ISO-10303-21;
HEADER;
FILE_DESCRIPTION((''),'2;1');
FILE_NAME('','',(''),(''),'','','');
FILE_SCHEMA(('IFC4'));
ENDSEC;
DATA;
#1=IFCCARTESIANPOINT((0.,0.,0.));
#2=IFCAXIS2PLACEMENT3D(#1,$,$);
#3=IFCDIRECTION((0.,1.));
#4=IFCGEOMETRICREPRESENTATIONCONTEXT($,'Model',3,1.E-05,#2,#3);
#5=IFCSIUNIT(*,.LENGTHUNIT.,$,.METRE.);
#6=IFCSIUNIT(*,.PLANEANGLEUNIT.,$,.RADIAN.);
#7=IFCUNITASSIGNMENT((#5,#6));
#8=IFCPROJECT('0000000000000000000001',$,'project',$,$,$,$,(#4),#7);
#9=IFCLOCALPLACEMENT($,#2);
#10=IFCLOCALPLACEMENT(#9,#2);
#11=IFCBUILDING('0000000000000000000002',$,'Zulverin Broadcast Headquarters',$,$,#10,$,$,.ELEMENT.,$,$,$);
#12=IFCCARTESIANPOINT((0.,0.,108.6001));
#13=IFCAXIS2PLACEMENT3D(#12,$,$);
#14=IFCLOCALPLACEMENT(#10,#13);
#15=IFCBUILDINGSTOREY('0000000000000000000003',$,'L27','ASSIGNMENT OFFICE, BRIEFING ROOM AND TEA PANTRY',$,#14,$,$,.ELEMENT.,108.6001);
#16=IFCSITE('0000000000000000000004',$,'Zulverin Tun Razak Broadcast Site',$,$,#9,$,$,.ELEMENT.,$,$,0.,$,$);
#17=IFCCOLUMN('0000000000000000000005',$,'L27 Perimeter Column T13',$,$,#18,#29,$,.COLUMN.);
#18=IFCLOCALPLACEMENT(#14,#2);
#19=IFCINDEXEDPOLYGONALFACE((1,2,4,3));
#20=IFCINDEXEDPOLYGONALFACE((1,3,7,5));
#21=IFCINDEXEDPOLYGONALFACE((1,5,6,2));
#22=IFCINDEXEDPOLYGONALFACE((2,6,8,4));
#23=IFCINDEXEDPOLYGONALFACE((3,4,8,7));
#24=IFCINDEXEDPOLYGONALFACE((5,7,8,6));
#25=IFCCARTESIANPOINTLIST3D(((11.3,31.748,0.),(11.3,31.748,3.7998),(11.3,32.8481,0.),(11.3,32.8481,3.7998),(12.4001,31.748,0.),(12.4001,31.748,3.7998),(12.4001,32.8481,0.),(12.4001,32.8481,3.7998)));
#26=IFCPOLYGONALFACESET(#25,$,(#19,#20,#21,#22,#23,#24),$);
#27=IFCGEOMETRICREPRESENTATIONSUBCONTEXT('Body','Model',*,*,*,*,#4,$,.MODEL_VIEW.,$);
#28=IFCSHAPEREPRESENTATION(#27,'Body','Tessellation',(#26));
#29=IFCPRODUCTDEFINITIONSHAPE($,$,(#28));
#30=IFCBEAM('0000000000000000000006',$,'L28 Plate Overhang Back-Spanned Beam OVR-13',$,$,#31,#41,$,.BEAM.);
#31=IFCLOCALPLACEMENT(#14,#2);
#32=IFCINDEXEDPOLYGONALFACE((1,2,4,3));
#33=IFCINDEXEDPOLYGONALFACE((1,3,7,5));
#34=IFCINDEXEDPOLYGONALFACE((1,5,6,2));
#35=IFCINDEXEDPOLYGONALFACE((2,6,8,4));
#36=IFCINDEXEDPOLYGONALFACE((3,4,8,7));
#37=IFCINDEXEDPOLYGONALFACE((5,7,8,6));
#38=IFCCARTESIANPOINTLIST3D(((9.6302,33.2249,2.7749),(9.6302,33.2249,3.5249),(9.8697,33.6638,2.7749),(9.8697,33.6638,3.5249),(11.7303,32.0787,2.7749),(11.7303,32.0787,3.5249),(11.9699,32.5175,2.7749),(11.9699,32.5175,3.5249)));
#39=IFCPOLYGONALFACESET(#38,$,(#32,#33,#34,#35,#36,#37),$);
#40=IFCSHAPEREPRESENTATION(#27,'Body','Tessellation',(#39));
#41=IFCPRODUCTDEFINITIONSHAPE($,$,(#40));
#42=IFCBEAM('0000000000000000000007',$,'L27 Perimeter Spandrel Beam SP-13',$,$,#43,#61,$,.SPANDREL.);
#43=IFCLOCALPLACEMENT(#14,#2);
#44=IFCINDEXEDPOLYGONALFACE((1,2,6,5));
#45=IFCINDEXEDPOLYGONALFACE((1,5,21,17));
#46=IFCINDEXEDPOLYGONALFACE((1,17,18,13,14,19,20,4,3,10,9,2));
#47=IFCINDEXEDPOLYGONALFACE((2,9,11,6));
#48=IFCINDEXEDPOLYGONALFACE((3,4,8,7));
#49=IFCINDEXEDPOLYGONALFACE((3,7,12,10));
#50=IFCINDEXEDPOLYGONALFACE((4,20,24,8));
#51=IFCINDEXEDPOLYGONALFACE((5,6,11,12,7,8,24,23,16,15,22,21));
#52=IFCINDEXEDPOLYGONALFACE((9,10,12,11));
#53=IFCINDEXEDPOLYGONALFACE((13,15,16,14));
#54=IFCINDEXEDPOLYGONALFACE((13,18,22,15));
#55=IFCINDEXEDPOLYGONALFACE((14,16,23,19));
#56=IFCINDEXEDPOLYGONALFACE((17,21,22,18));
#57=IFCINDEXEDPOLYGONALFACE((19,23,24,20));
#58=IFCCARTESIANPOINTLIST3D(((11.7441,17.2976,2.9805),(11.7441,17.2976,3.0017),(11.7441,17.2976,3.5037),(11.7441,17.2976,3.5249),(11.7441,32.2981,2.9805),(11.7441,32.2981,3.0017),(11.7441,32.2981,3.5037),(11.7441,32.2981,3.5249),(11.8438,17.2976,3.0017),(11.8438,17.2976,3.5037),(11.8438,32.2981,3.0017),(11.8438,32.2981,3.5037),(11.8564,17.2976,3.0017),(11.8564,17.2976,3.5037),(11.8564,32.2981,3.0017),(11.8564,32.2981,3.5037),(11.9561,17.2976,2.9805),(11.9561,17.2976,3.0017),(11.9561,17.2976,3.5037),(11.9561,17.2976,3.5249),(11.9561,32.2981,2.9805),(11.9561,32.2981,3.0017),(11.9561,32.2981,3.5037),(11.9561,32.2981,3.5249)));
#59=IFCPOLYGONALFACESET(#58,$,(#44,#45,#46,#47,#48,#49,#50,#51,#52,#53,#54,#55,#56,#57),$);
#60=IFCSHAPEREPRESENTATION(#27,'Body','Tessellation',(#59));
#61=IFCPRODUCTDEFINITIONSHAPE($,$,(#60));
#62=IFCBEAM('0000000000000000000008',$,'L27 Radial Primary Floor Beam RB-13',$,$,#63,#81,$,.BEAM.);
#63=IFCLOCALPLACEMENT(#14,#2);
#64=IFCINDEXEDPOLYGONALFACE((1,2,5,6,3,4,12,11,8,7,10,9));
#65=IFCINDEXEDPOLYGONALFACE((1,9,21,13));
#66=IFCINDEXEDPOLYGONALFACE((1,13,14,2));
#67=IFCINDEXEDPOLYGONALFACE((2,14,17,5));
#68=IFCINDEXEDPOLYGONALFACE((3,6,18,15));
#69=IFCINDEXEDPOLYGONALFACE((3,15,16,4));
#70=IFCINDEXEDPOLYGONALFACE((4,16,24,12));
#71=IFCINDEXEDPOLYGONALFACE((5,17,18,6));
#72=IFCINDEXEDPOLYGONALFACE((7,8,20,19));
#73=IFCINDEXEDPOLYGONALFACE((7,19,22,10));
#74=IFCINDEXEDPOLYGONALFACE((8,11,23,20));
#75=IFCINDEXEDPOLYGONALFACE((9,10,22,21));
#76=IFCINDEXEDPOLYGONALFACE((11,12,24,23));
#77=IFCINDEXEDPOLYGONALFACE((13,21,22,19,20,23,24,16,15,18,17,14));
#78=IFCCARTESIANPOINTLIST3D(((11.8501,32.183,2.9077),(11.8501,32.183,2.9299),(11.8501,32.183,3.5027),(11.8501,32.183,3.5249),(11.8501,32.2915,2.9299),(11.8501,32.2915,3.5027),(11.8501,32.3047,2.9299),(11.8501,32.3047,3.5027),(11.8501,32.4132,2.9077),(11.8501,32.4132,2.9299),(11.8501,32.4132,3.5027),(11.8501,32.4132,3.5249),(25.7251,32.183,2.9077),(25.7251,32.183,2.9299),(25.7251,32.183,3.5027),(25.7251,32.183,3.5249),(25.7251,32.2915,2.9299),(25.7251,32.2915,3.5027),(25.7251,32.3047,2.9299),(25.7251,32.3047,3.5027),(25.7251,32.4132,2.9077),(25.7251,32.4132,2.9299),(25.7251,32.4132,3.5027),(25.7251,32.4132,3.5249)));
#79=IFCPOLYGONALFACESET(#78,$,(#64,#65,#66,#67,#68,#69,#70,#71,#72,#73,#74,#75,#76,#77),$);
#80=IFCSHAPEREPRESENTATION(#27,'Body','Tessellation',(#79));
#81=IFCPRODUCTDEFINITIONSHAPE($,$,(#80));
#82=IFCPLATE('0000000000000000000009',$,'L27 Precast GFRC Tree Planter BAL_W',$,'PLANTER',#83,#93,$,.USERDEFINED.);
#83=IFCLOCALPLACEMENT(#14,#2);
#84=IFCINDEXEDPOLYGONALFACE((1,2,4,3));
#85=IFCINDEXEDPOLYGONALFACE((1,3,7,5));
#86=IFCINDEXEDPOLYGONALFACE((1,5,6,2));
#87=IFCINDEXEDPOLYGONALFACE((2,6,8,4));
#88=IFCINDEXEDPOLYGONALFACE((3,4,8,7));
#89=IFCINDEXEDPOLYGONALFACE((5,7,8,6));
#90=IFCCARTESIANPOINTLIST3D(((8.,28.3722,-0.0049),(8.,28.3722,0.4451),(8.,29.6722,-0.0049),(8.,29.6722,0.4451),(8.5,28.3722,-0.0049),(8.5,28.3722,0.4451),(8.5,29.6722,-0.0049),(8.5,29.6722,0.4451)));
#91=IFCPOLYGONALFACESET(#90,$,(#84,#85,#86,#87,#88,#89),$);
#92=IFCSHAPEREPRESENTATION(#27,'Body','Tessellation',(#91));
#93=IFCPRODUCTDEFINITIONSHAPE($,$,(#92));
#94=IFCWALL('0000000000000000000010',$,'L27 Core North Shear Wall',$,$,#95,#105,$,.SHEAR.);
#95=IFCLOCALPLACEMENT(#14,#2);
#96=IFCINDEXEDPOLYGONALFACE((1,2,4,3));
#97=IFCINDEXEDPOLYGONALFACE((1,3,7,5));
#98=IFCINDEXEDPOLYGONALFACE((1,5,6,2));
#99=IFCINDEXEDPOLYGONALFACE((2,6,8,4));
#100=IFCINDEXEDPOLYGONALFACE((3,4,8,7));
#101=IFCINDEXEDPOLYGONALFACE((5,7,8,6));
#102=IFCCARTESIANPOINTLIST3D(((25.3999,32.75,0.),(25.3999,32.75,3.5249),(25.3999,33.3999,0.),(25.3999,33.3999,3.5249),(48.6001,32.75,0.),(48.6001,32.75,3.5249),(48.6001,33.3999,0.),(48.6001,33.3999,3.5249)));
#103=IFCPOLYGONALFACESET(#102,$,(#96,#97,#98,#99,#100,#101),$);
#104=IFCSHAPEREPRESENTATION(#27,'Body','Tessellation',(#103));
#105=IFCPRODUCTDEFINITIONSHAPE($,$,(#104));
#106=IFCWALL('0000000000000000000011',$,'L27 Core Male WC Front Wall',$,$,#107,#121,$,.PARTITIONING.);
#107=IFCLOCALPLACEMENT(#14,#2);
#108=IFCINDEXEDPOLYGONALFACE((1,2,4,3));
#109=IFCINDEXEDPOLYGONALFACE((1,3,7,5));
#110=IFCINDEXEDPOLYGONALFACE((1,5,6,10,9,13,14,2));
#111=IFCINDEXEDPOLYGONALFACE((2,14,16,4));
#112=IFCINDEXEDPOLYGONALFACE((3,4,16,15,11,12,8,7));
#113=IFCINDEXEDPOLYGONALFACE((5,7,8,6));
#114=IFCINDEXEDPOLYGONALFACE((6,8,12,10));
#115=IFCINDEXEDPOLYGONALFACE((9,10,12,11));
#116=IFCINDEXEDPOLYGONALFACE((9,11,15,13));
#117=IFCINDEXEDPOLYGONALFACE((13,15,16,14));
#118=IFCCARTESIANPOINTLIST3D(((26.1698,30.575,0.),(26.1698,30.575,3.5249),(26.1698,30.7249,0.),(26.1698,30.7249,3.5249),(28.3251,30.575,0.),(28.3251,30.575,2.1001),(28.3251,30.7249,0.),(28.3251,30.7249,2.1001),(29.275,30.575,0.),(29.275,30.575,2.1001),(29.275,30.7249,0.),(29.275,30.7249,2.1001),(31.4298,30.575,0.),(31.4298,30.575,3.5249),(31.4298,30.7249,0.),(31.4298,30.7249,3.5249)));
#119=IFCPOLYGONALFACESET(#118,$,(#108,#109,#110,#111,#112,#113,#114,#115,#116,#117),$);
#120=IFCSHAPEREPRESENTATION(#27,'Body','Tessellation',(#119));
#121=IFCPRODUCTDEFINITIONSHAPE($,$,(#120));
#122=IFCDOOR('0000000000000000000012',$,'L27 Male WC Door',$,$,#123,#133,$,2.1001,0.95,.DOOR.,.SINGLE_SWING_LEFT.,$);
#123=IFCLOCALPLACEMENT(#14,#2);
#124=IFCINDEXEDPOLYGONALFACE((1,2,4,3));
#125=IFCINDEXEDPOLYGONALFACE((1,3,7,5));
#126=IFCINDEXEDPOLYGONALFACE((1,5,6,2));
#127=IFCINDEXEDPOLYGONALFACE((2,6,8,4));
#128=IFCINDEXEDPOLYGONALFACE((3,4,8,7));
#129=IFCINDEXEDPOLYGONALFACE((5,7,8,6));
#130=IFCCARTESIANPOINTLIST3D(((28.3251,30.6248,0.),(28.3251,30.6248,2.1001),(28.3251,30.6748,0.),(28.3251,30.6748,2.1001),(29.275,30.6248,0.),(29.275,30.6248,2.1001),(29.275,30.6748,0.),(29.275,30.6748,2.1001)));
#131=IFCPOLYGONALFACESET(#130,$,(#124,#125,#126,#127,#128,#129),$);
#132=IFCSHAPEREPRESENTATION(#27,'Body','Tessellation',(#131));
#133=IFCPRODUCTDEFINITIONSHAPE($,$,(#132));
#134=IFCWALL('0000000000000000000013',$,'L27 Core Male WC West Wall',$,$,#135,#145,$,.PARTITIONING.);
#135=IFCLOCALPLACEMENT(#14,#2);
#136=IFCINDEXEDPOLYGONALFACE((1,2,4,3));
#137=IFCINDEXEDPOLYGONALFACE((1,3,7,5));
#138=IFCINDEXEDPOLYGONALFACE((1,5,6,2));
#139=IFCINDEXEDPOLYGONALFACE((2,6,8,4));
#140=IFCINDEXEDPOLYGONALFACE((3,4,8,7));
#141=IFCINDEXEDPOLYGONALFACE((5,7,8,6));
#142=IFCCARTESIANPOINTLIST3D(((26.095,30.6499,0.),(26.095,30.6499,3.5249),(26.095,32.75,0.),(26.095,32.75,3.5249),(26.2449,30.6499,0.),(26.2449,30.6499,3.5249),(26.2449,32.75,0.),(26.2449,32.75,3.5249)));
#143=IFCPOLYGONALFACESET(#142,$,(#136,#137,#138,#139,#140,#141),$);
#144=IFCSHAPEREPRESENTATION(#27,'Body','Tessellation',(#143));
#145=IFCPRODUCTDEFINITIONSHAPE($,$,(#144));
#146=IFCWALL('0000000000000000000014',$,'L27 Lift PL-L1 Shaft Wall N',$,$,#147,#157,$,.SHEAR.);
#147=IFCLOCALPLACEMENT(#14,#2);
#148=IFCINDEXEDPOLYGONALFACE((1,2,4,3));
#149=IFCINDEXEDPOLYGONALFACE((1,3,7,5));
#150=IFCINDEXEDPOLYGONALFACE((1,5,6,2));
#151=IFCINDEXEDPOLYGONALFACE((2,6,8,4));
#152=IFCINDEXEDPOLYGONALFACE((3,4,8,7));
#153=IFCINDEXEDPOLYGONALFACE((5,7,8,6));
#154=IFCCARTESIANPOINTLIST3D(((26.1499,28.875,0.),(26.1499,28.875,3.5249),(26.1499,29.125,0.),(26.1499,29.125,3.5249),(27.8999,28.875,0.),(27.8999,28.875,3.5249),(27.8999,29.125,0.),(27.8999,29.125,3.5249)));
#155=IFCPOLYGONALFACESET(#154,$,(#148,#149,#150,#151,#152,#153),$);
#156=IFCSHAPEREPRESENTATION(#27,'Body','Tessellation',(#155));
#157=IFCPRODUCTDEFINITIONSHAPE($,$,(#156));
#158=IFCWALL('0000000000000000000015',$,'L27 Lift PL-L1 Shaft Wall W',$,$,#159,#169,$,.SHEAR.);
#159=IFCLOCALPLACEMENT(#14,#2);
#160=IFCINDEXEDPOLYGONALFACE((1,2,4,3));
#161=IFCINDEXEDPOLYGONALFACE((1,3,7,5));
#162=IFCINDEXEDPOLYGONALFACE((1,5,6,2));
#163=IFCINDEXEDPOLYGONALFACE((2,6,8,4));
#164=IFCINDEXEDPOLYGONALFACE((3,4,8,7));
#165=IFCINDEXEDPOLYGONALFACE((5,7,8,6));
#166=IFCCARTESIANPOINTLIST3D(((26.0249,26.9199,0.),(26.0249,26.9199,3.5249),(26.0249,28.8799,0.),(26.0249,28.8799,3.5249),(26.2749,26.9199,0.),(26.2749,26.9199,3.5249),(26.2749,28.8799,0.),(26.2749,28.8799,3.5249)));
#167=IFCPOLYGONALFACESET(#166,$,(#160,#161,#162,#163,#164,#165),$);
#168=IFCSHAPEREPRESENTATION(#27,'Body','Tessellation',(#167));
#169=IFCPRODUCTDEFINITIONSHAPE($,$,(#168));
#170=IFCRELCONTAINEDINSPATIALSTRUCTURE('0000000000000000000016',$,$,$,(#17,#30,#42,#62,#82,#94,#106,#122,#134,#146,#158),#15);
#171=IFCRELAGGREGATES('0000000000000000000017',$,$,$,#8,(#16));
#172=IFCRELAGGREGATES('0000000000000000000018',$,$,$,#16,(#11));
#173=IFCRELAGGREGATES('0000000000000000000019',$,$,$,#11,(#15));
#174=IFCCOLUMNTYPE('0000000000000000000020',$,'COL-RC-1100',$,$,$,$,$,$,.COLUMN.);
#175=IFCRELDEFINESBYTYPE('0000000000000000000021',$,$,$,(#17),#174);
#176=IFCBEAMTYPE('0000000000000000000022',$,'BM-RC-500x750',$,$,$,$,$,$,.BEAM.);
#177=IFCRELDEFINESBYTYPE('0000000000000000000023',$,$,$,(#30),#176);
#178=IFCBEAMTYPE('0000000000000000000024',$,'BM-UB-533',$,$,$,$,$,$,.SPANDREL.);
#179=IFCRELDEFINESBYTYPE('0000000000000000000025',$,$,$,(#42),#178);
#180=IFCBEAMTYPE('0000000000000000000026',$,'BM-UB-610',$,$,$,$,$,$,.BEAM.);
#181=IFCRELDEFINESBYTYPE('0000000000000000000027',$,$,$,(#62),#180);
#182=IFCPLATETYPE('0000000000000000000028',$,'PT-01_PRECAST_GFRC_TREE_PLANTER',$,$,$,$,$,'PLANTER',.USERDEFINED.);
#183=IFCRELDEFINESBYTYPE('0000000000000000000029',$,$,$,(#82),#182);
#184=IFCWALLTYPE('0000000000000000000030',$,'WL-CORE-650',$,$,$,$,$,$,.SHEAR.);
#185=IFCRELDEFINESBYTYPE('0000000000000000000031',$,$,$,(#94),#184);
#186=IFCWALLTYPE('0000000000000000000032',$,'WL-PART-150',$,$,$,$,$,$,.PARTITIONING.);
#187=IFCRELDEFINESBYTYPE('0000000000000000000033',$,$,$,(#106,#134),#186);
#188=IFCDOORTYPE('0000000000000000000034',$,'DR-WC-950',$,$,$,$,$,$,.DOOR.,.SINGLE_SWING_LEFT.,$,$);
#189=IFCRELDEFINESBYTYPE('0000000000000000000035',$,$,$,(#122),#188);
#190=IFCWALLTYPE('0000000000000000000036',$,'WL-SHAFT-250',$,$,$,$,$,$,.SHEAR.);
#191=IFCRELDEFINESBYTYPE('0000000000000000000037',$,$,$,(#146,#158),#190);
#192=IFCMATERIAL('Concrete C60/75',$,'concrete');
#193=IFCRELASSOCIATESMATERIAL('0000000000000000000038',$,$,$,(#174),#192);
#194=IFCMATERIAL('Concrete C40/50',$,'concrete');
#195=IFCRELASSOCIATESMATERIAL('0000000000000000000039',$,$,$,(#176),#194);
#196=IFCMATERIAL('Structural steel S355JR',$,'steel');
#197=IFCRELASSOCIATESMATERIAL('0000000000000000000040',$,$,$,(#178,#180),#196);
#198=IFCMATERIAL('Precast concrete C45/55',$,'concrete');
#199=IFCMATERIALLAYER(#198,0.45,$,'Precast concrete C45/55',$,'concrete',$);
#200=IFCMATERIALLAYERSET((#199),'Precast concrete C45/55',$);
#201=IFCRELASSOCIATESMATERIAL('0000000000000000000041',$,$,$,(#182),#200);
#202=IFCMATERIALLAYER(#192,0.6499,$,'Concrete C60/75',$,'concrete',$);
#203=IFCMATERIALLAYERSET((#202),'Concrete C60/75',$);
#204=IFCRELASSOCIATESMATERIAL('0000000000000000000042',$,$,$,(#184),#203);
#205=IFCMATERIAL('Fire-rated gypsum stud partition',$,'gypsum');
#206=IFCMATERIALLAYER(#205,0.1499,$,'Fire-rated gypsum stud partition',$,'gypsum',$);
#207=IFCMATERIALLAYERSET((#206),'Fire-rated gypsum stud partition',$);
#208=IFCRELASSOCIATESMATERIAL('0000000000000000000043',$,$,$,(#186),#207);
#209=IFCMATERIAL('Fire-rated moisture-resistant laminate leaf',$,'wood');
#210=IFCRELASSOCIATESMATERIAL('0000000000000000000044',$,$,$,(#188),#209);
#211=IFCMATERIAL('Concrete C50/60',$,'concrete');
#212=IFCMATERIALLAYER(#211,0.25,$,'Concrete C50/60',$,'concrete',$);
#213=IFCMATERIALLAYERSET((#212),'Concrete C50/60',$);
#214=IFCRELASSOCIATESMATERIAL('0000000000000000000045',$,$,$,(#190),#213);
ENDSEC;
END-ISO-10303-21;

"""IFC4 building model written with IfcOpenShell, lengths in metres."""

from ifc_helpers import new_model, si_unit, direction, frame, frame_2d, origin, origin_2d, place, context, subcontext, project, spatial, rectangle, i_section, extrude, material, layer, layer_set, material_profile, profile_set, type_object, element, fill, save


model = new_model("IFC4")

# Units and contexts
model_context = context("Model", 3, precision=1e-05, world=origin(), true_north=direction((0.0, 1.0)))
body_context = subcontext(model_context, "Body", "Model", "MODEL_VIEW")
ifc_project = project(units=[si_unit("LENGTHUNIT", "METRE"), si_unit("PLANEANGLEUNIT", "RADIAN")], contexts=[model_context])

# Site, building, storey
site_placement = place(None, origin())
site = spatial("IfcSite", under=ifc_project, at=site_placement, Name="Zulverin Tun Razak Broadcast Site", CompositionType="ELEMENT", RefElevation=0.0)
building_placement = place(site_placement, origin())
building = spatial("IfcBuilding", under=site, at=building_placement, Name="Zulverin Broadcast Headquarters", CompositionType="ELEMENT")
storey_placement = place(building_placement, frame((0.0, 0.0, 108.6001)))
storey = spatial("IfcBuildingStorey", under=building, at=storey_placement, Name="L27", Description="ASSIGNMENT OFFICE, BRIEFING ROOM AND TEA PANTRY", CompositionType="ELEMENT", Elevation=108.6001)

# Column
ifc_material_1 = material(Name="Concrete C60/75", Category="concrete")
ifc_material_profile_1 = material_profile(ifc_material_1, rectangle(XDim=1.1001, YDim=1.1001, at=origin_2d()), Name="Concrete C60/75", Category="concrete")
ifc_profile_set_1 = profile_set([ifc_material_profile_1], Name="Concrete C60/75")
column_type = type_object("IfcColumnType", Name="COL-RC-1100", PredefinedType="COLUMN", material=ifc_profile_set_1)
column_placement = place(storey_placement, frame((11.8501, 32.2981, 0.0), z_axis=(0.0, 0.0, 1.0), x_axis=(1.0, 0.0, 0.0)))
element("IfcColumn", 1, at=column_placement, inside=storey, type_object=column_type, Name="L27 Perimeter Column T13", PredefinedType="COLUMN", context=body_context, shape_type="SweptSolid", body=[
    extrude(rectangle(XDim=1.1001, YDim=1.1001, at=origin_2d()), origin(), (0.0, 0.0, 1.0), 3.7998),
])

# Beams
ifc_material_2 = material(Name="Concrete C40/50", Category="concrete")
ifc_material_profile_2 = material_profile(ifc_material_2, rectangle(XDim=0.5, YDim=0.75, at=origin_2d()), Name="Concrete C40/50", Category="concrete")
ifc_profile_set_2 = profile_set([ifc_material_profile_2], Name="Concrete C40/50")
beam_type_1 = type_object("IfcBeamType", Name="BM-RC-500x750", PredefinedType="BEAM", material=ifc_profile_set_2)
beam_1_placement = place(storey_placement, frame((11.8501, 32.2981, 3.1499), z_axis=(-0.877767, 0.479088, 0.0), x_axis=(-0.479088, -0.877767, 0.0)))
element("IfcBeam", 2, at=beam_1_placement, inside=storey, type_object=beam_type_1, Name="L28 Plate Overhang Back-Spanned Beam OVR-13", PredefinedType="BEAM", context=body_context, shape_type="SweptSolid", body=[
    extrude(rectangle(XDim=0.5, YDim=0.75, at=origin_2d()), origin(), (0.0, 0.0, 1.0), 2.3926),
])
ifc_material_3 = material(Name="Structural steel S355JR", Category="steel")
ifc_material_profile_3 = material_profile(ifc_material_3, i_section(OverallWidth=0.2119, OverallDepth=0.5444, WebThickness=0.0127, FlangeThickness=0.0212, at=origin_2d()), Name="Structural steel S355JR", Category="steel")
ifc_profile_set_3 = profile_set([ifc_material_profile_3], Name="Structural steel S355JR")
beam_type_2 = type_object("IfcBeamType", Name="BM-UB-533", PredefinedType="SPANDREL", material=ifc_profile_set_3)
beam_2_placement = place(storey_placement, frame((11.8501, 32.2981, 3.2527), z_axis=(0.0, -1.0, 0.0), x_axis=(1.0, 0.0, 0.0)))
element("IfcBeam", 3, at=beam_2_placement, inside=storey, type_object=beam_type_2, Name="L27 Perimeter Spandrel Beam SP-13", PredefinedType="SPANDREL", context=body_context, shape_type="SweptSolid", body=[
    extrude(i_section(OverallWidth=0.2119, OverallDepth=0.5444, WebThickness=0.0127, FlangeThickness=0.0212, at=origin_2d()), origin(), (0.0, 0.0, 1.0), 15.0005),
])
ifc_material_profile_4 = material_profile(ifc_material_3, i_section(OverallWidth=0.2302, OverallDepth=0.6172, WebThickness=0.0132, FlangeThickness=0.0222, at=origin_2d()), Name="Structural steel S355JR", Category="steel")
ifc_profile_set_4 = profile_set([ifc_material_profile_4], Name="Structural steel S355JR")
beam_type_3 = type_object("IfcBeamType", Name="BM-UB-610", PredefinedType="BEAM", material=ifc_profile_set_4)
beam_3_placement = place(storey_placement, frame((25.7251, 32.2981, 3.2163), z_axis=(-1.0, 0.0, 0.0), x_axis=(0.0, -1.0, 0.0)))
element("IfcBeam", 4, at=beam_3_placement, inside=storey, type_object=beam_type_3, Name="L27 Radial Primary Floor Beam RB-13", PredefinedType="BEAM", context=body_context, shape_type="SweptSolid", body=[
    extrude(i_section(OverallWidth=0.2302, OverallDepth=0.6172, WebThickness=0.0132, FlangeThickness=0.0222, at=origin_2d()), origin(), (0.0, 0.0, 1.0), 13.875),
])

# Plate
ifc_material_4 = material(Name="Precast concrete C45/55", Category="concrete")
ifc_layer_1 = layer(ifc_material_4, 0.45, Name="Precast concrete C45/55", Category="concrete")
ifc_layer_set_1 = layer_set([ifc_layer_1], Name="Precast concrete C45/55")
plate_type = type_object("IfcPlateType", Name="PT-01_PRECAST_GFRC_TREE_PLANTER", ElementType="PLANTER", PredefinedType="USERDEFINED", material=ifc_layer_set_1)
plate_placement = place(storey_placement, frame((8.25, 29.0222, -0.0049), z_axis=(0.0, 0.0, 1.0), x_axis=(0.0, 1.0, 0.0)))
element("IfcPlate", 5, at=plate_placement, inside=storey, type_object=plate_type, Name="L27 Precast GFRC Tree Planter BAL_W", ObjectType="PLANTER", PredefinedType="USERDEFINED", context=body_context, shape_type="SweptSolid", body=[
    extrude(rectangle(XDim=1.3, YDim=0.5, at=origin_2d()), origin(), (0.0, 0.0, 1.0), 0.45),
])

# Wall
ifc_layer_2 = layer(ifc_material_1, 0.6499, Name="Concrete C60/75", Category="concrete")
ifc_layer_set_2 = layer_set([ifc_layer_2], Name="Concrete C60/75")
wall_type_1 = type_object("IfcWallType", Name="WL-CORE-650", PredefinedType="SHEAR", material=ifc_layer_set_2)
wall_1_placement = place(storey_placement, frame((25.3999, 33.075, 0.0), z_axis=(0.0, 0.0, 1.0), x_axis=(1.0, 0.0, 0.0)))
element("IfcWall", 6, at=wall_1_placement, inside=storey, type_object=wall_type_1, Name="L27 Core North Shear Wall", PredefinedType="SHEAR", context=body_context, shape_type="SweptSolid", body=[
    extrude(rectangle(XDim=23.2002, YDim=0.6499, at=frame_2d((11.6001, 0.0))), origin(), (0.0, 0.0, 1.0), 3.5249),
])

# Wall, opening, door
ifc_material_5 = material(Name="Fire-rated gypsum stud partition", Category="gypsum")
ifc_layer_3 = layer(ifc_material_5, 0.1499, Name="Fire-rated gypsum stud partition", Category="gypsum")
ifc_layer_set_3 = layer_set([ifc_layer_3], Name="Fire-rated gypsum stud partition")
wall_type_2 = type_object("IfcWallType", Name="WL-PART-150", PredefinedType="PARTITIONING", material=ifc_layer_set_3)
wall_2_placement = place(storey_placement, frame((26.1699, 30.6499, 0.0), z_axis=(0.0, 0.0, 1.0), x_axis=(1.0, 0.0, 0.0)))
wall_2 = element("IfcWall", 7, at=wall_2_placement, inside=storey, type_object=wall_type_2, Name="L27 Core Male WC Front Wall", PredefinedType="PARTITIONING", context=body_context, shape_type="SweptSolid", body=[
    extrude(rectangle(XDim=5.26, YDim=0.1499, at=frame_2d((2.6299, 0.0))), origin(), (0.0, 0.0, 1.0), 3.5249),
])
opening_1_placement = place(wall_2_placement, frame((2.155, 0.0, 0.0)))
opening_1 = element("IfcOpeningElement", 8, at=opening_1_placement, cuts=wall_2, PredefinedType="OPENING", context=body_context, shape_type="SweptSolid", body=[
    extrude(rectangle(XDim=0.95, YDim=2.1001, at=frame_2d((0.4751, 1.05))), frame((0.0, 0.085, 0.0), z_axis=(0.0, -1.0, 0.0), x_axis=(1.0, 0.0, 0.0)), (0.0, 0.0, 1.0), 0.1699),
])
ifc_material_6 = material(Name="Fire-rated moisture-resistant laminate leaf", Category="wood")
door_type_1 = type_object("IfcDoorType", Name="DR-WC-950", OperationType="SINGLE_SWING_LEFT", PredefinedType="DOOR", material=ifc_material_6)
door_1_placement = place(opening_1_placement, origin())
door_1 = element("IfcDoor", 9, at=door_1_placement, inside=storey, type_object=door_type_1, Name="L27 Male WC Door", OperationType="SINGLE_SWING_LEFT", OverallHeight=2.1001, OverallWidth=0.95, PredefinedType="DOOR", context=body_context, shape_type="SweptSolid", body=[
    extrude(rectangle(XDim=0.95, YDim=2.1001, at=frame_2d((0.4751, 1.05))), frame((0.0, 0.0249, 0.0), z_axis=(0.0, -1.0, 0.0), x_axis=(1.0, 0.0, 0.0)), (0.0, 0.0, 1.0), 0.05),
])
fill(opening_1, door_1)

# Wall
wall_3_placement = place(storey_placement, frame((26.1699, 30.6499, 0.0), z_axis=(0.0, 0.0, 1.0), x_axis=(0.0, 1.0, 0.0)))
element("IfcWall", 10, at=wall_3_placement, inside=storey, type_object=wall_type_2, Name="L27 Core Male WC West Wall", PredefinedType="PARTITIONING", context=body_context, shape_type="SweptSolid", body=[
    extrude(rectangle(XDim=2.1001, YDim=0.1499, at=frame_2d((1.05, 0.0))), origin(), (0.0, 0.0, 1.0), 3.5249),
])

# Shared definitions
ifc_material_7 = material(Name="Concrete C50/60", Category="concrete")
ifc_layer_4 = layer(ifc_material_7, 0.25, Name="Concrete C50/60", Category="concrete")
ifc_layer_set_4 = layer_set([ifc_layer_4], Name="Concrete C50/60")
wall_type_3 = type_object("IfcWallType", Name="WL-SHAFT-250", PredefinedType="SHEAR", material=ifc_layer_set_4)

# Walls
wall_4_placement = place(storey_placement, frame((26.1499, 29.0, 0.0), z_axis=(0.0, 0.0, 1.0), x_axis=(1.0, 0.0, 0.0)))
element("IfcWall", 11, at=wall_4_placement, inside=storey, type_object=wall_type_3, Name="L27 Lift PL-L1 Shaft Wall N", PredefinedType="SHEAR", context=body_context, shape_type="SweptSolid", body=[
    extrude(rectangle(XDim=1.75, YDim=0.25, at=frame_2d((0.875, 0.0))), origin(), (0.0, 0.0, 1.0), 3.5249),
])
wall_5_placement = place(storey_placement, frame((26.1499, 26.9199, 0.0), z_axis=(0.0, 0.0, 1.0), x_axis=(0.0, 1.0, 0.0)))
element("IfcWall", 12, at=wall_5_placement, inside=storey, type_object=wall_type_3, Name="L27 Lift PL-L1 Shaft Wall W", PredefinedType="SHEAR", context=body_context, shape_type="SweptSolid", body=[
    extrude(rectangle(XDim=1.96, YDim=0.25, at=frame_2d((0.98, 0.0))), origin(), (0.0, 0.0, 1.0), 3.5249),
])

save(model, "model.ifc")
